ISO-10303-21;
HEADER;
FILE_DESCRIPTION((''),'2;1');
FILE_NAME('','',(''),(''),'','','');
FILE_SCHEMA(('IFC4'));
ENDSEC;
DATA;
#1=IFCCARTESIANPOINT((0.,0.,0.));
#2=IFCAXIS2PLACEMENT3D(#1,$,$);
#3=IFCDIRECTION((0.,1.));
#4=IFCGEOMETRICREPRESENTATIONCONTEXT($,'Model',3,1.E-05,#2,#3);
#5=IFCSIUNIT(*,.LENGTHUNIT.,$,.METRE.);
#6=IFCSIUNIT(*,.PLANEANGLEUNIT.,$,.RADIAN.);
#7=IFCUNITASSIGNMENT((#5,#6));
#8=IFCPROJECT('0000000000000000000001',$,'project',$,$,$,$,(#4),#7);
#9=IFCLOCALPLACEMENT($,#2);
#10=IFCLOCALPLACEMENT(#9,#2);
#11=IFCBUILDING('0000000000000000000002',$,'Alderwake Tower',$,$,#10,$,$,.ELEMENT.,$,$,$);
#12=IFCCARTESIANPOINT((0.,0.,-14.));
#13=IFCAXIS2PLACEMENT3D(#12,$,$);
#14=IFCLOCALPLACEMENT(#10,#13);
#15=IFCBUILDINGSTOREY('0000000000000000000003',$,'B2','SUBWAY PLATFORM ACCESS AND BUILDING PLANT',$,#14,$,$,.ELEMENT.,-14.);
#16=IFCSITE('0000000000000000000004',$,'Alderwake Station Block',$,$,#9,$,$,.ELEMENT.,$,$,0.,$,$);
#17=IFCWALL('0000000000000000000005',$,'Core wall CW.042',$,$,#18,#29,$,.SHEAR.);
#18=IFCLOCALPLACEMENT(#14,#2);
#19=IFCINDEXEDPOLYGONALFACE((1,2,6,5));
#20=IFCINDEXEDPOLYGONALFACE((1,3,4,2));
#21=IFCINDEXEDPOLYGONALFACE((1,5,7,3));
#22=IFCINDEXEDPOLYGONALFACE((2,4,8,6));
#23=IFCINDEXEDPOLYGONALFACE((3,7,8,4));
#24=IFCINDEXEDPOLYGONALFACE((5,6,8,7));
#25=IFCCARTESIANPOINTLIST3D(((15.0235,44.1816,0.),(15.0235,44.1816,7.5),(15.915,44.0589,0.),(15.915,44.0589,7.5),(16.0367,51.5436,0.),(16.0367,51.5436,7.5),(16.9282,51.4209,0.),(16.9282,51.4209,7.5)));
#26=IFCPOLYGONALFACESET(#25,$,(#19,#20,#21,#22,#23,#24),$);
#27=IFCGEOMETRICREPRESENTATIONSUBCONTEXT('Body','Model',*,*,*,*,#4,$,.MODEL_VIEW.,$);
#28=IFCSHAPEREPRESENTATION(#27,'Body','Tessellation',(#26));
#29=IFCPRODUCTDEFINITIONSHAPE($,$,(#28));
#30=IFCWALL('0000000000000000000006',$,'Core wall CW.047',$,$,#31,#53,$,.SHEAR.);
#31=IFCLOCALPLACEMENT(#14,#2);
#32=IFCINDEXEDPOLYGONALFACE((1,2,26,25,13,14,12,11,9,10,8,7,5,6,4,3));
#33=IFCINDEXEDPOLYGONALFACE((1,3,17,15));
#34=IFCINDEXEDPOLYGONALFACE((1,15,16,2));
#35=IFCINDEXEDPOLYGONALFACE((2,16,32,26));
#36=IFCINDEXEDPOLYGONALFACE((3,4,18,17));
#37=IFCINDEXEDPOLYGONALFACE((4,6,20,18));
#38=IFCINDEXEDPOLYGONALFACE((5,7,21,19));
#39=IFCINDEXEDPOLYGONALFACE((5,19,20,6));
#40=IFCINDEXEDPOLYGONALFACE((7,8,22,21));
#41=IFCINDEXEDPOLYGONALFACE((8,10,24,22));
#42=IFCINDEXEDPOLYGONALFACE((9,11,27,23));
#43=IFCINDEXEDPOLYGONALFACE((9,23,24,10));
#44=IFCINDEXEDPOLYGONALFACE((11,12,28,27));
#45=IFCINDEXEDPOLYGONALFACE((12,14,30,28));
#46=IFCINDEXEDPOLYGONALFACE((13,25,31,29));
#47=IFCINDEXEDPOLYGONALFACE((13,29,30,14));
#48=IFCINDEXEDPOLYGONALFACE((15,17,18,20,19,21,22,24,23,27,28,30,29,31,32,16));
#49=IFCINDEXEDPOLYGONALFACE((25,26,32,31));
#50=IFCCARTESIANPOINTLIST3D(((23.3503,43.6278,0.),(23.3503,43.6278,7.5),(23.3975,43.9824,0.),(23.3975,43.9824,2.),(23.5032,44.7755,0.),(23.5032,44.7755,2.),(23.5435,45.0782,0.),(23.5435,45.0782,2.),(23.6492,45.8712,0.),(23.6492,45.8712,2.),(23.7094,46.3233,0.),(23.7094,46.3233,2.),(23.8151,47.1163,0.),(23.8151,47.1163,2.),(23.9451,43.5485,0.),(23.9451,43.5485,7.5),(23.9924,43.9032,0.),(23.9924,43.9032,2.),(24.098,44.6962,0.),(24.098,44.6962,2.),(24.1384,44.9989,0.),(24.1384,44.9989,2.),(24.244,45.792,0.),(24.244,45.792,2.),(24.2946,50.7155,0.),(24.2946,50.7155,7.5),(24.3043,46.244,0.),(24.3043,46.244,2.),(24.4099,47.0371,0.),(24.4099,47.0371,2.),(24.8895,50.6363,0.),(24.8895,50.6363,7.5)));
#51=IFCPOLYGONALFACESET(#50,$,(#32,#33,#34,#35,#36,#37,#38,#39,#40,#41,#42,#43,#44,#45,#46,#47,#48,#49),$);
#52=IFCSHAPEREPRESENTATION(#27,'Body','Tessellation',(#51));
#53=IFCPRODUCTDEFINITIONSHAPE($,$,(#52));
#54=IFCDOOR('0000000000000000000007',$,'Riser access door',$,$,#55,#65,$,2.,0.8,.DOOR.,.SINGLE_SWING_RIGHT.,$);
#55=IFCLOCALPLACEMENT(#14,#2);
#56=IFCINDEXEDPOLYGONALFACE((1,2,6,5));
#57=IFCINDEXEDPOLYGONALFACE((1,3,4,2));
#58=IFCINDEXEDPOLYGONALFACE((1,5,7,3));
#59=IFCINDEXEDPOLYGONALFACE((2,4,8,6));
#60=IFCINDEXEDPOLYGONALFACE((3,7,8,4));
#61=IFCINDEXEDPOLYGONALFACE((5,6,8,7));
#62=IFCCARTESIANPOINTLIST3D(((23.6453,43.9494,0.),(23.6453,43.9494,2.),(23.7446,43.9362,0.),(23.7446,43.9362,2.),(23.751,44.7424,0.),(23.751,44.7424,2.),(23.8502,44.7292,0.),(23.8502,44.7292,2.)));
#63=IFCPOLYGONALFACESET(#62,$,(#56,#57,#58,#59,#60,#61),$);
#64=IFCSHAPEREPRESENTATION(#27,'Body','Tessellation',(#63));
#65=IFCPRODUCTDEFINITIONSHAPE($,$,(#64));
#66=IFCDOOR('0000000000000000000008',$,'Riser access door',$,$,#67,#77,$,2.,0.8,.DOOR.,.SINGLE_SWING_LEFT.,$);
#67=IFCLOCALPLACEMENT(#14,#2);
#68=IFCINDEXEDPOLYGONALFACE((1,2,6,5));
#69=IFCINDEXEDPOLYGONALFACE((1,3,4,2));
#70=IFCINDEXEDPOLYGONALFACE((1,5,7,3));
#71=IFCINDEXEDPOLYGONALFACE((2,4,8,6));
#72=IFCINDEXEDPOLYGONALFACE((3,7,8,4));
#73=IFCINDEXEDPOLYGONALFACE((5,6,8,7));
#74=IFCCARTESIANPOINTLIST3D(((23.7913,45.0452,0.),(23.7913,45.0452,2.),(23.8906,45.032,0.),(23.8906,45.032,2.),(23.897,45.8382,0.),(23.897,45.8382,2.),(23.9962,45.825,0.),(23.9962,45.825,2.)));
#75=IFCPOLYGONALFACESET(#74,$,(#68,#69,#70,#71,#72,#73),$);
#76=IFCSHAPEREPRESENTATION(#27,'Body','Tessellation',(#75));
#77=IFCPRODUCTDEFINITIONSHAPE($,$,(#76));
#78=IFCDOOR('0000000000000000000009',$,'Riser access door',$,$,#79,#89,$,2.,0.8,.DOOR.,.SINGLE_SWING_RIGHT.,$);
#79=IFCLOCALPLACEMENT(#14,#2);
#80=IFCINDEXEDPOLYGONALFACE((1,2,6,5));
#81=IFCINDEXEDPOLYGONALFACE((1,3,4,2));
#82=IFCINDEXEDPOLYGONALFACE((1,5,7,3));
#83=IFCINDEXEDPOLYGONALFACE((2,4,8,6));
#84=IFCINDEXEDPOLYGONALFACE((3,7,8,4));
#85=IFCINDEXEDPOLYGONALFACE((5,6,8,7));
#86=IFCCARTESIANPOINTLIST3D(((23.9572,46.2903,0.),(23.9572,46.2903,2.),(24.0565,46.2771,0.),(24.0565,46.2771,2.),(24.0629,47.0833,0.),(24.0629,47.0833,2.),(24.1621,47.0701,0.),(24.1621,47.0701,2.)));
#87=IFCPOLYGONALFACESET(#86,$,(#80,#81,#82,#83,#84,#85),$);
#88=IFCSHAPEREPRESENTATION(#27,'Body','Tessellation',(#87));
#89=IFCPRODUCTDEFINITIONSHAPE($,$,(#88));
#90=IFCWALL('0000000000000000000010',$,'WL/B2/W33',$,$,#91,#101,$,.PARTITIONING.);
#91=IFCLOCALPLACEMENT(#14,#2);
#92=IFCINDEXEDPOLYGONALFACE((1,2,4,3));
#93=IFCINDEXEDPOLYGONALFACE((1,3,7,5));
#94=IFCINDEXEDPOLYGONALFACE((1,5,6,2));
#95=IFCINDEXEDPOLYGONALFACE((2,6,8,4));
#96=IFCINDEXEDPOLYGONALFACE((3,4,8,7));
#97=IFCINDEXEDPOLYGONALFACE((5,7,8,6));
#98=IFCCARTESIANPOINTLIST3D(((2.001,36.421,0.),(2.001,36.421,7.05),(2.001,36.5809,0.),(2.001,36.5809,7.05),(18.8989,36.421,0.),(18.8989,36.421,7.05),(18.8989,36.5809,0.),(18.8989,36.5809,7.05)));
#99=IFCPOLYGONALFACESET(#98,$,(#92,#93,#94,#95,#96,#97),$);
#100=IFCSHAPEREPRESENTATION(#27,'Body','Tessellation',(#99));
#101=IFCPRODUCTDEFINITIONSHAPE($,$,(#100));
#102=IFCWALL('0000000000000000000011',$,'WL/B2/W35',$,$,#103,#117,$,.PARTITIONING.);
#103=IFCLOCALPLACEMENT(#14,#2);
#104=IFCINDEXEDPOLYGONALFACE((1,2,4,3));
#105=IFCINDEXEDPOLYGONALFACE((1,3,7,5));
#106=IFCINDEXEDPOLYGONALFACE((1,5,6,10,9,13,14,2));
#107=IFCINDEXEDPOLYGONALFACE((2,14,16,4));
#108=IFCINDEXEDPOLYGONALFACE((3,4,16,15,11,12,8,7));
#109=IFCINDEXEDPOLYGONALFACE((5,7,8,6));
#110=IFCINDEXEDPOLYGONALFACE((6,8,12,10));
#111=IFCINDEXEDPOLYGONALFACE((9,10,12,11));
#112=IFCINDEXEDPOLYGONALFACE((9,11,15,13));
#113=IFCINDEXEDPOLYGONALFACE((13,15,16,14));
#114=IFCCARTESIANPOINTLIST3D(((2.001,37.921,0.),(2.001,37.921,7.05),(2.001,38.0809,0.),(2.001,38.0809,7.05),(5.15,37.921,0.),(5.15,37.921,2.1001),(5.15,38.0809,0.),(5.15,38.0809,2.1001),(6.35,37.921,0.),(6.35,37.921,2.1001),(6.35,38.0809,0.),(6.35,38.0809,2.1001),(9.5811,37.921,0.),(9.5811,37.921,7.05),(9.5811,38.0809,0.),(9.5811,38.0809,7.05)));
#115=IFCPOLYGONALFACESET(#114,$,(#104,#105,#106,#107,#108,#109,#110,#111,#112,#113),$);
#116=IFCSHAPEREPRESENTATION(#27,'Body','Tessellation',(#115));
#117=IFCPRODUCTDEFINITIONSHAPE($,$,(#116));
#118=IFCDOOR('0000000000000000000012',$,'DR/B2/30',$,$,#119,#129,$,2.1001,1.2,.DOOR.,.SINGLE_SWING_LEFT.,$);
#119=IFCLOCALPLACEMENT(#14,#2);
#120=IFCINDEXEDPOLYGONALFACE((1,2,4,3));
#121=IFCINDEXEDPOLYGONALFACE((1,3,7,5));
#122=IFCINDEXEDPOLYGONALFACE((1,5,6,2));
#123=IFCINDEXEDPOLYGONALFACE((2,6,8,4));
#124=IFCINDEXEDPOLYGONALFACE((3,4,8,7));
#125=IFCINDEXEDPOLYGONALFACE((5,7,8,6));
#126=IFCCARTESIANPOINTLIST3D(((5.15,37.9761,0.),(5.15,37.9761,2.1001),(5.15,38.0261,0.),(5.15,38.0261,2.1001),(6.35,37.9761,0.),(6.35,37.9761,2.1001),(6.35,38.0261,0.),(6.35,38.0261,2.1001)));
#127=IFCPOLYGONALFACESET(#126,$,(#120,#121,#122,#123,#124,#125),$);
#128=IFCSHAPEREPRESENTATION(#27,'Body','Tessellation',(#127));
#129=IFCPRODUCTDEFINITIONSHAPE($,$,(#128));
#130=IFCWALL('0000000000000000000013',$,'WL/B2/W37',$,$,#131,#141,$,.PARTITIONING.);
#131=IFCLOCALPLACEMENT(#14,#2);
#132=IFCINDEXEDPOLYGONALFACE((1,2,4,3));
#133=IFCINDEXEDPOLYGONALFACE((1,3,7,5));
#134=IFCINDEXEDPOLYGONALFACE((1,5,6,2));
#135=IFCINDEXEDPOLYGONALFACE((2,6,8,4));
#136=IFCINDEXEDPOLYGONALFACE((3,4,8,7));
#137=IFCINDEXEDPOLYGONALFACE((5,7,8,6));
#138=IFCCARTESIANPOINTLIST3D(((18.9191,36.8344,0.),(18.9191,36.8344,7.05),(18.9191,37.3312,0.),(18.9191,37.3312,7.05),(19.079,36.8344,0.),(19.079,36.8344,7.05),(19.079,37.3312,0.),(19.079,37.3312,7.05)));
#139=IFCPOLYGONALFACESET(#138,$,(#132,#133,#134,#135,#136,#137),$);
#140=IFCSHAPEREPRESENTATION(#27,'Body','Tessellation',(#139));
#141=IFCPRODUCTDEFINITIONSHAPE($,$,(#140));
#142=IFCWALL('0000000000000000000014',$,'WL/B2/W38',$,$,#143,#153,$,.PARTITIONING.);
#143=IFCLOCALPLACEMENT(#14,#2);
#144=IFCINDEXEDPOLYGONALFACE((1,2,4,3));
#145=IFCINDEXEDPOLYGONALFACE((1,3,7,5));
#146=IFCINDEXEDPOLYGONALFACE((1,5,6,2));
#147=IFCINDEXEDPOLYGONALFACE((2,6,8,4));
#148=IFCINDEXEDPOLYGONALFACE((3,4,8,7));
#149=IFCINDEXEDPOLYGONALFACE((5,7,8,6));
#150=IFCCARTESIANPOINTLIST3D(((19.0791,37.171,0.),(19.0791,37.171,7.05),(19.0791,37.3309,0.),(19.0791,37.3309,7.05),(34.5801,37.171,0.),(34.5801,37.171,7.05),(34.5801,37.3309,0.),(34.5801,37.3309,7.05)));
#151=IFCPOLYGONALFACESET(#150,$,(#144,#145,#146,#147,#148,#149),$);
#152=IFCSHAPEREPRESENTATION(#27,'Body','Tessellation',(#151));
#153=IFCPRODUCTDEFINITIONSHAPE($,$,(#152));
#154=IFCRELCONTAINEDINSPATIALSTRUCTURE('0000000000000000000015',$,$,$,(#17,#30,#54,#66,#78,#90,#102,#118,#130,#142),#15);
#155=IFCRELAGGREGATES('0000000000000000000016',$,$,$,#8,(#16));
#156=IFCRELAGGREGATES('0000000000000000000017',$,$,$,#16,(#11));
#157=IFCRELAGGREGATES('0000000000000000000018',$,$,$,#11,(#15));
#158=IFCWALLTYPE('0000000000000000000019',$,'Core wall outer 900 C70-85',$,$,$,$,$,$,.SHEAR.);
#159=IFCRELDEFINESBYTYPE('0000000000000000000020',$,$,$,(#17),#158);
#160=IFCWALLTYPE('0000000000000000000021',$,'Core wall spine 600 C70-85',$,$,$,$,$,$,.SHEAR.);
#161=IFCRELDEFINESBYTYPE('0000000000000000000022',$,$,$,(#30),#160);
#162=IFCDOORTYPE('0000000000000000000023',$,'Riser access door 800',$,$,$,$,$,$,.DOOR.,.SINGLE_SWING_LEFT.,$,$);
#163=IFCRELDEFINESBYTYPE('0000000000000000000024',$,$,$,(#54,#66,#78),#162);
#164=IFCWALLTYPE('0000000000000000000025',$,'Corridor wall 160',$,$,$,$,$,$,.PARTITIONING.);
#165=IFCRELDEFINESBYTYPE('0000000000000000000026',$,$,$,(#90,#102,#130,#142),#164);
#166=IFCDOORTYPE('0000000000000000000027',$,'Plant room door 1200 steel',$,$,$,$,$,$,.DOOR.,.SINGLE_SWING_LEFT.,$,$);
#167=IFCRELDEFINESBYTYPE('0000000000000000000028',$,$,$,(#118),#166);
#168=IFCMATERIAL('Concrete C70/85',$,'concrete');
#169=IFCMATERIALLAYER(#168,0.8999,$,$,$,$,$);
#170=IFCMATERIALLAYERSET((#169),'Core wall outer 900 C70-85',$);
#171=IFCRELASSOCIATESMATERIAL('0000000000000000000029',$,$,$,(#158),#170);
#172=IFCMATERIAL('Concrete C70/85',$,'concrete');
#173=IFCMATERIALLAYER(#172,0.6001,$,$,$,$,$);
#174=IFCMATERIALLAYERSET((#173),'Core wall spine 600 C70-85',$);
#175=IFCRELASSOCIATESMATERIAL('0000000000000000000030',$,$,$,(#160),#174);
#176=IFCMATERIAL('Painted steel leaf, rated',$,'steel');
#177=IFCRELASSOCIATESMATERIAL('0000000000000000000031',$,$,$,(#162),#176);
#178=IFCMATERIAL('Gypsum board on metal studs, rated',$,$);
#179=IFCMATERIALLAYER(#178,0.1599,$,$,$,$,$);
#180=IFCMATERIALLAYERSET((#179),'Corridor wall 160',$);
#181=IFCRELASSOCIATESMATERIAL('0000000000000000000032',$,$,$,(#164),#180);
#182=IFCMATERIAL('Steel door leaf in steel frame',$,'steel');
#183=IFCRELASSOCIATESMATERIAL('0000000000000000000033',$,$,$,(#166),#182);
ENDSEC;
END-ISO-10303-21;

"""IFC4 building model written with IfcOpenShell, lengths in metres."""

from ifc_helpers import new_model, si_unit, direction, frame, frame_2d, origin, place, context, subcontext, project, spatial, rectangle, extrude, material, layer, layer_set, type_object, element, fill, save


model = new_model("IFC4")

# Units and contexts
model_context = context("Model", 3, precision=1e-05, world=origin(), true_north=direction((0.0, 1.0)))
body_context = subcontext(model_context, "Body", "Model", "MODEL_VIEW")
ifc_project = project(units=[si_unit("LENGTHUNIT", "METRE"), si_unit("PLANEANGLEUNIT", "RADIAN")], contexts=[model_context])

# Site, building, storey
site_placement = place(None, origin())
site = spatial("IfcSite", under=ifc_project, at=site_placement, Name="Alderwake Station Block", CompositionType="ELEMENT", RefElevation=0.0)
building_placement = place(site_placement, origin())
building = spatial("IfcBuilding", under=site, at=building_placement, Name="Alderwake Tower", CompositionType="ELEMENT")
storey_placement = place(building_placement, frame((0.0, 0.0, -14.0)))
storey = spatial("IfcBuildingStorey", under=building, at=storey_placement, Name="B2", Description="SUBWAY PLATFORM ACCESS AND BUILDING PLANT", CompositionType="ELEMENT", Elevation=-14.0)

# Wall
ifc_material_1 = material(Name="Concrete C70/85", Category="concrete")
ifc_layer_1 = layer(ifc_material_1, 0.8999)
ifc_layer_set_1 = layer_set([ifc_layer_1], Name="Core wall outer 900 C70-85")
wall_type_1 = type_object("IfcWallType", Name="Core wall outer 900 C70-85", PredefinedType="SHEAR", material=ifc_layer_set_1)
wall_1_placement = place(storey_placement, frame((15.4692, 44.1201, 0.0), z_axis=(0.0, 0.0, 1.0), x_axis=(0.136337, 0.990662, 0.0)))
element("IfcWall", 1, at=wall_1_placement, inside=storey, type_object=wall_type_1, Name="Core wall CW.042", PredefinedType="SHEAR", context=body_context, shape_type="SweptSolid", body=[
    extrude(rectangle(XDim=7.4314, YDim=0.8999, at=frame_2d((3.7158, 0.0))), origin(), (0.0, 0.0, 1.0), 7.5),
])

# Wall, openings, doors
ifc_material_2 = material(Name="Concrete C70/85", Category="concrete")
ifc_layer_2 = layer(ifc_material_2, 0.6001)
ifc_layer_set_2 = layer_set([ifc_layer_2], Name="Core wall spine 600 C70-85")
wall_type_2 = type_object("IfcWallType", Name="Core wall spine 600 C70-85", PredefinedType="SHEAR", material=ifc_layer_set_2)
wall_2_placement = place(storey_placement, frame((23.6477, 43.5881, 0.0), z_axis=(0.0, 0.0, 1.0), x_axis=(0.13207, 0.99124, 0.0)))
wall_2 = element("IfcWall", 2, at=wall_2_placement, inside=storey, type_object=wall_type_2, Name="Core wall CW.047", PredefinedType="SHEAR", context=body_context, shape_type="SweptSolid", body=[
    extrude(rectangle(XDim=7.1504, YDim=0.6001, at=frame_2d((3.5752, 0.0))), origin(), (0.0, 0.0, 1.0), 7.5),
])
opening_1_placement = place(wall_2_placement, frame((0.3579, 0.0, 0.0)))
opening_1 = element("IfcOpeningElement", 3, at=opening_1_placement, cuts=wall_2, PredefinedType="OPENING", context=body_context, shape_type="SweptSolid", body=[
    extrude(rectangle(XDim=0.8, YDim=2.0, at=frame_2d((0.3999, 1.0))), frame((0.0, 0.3101, 0.0), z_axis=(0.0, -1.0, 0.0), x_axis=(1.0, 0.0, 0.0)), (0.0, 0.0, 1.0), 0.6201),
])
opening_2_placement = place(wall_2_placement, frame((1.4634, 0.0, 0.0)))
opening_2 = element("IfcOpeningElement", 4, at=opening_2_placement, cuts=wall_2, PredefinedType="OPENING", context=body_context, shape_type="SweptSolid", body=[
    extrude(rectangle(XDim=0.8, YDim=2.0, at=frame_2d((0.3999, 1.0))), frame((0.0, 0.3101, 0.0), z_axis=(0.0, -1.0, 0.0), x_axis=(1.0, 0.0, 0.0)), (0.0, 0.0, 1.0), 0.6201),
])
opening_3_placement = place(wall_2_placement, frame((2.7195, 0.0, 0.0)))
opening_3 = element("IfcOpeningElement", 5, at=opening_3_placement, cuts=wall_2, PredefinedType="OPENING", context=body_context, shape_type="SweptSolid", body=[
    extrude(rectangle(XDim=0.8, YDim=2.0, at=frame_2d((0.3999, 1.0))), frame((0.0, 0.3101, 0.0), z_axis=(0.0, -1.0, 0.0), x_axis=(1.0, 0.0, 0.0)), (0.0, 0.0, 1.0), 0.6201),
])
ifc_material_3 = material(Name="Painted steel leaf, rated", Category="steel")
door_type_1 = type_object("IfcDoorType", Name="Riser access door 800", OperationType="SINGLE_SWING_LEFT", PredefinedType="DOOR", material=ifc_material_3)
door_1_placement = place(opening_1_placement, origin())
door_1 = element("IfcDoor", 6, at=door_1_placement, inside=storey, type_object=door_type_1, Name="Riser access door", OperationType="SINGLE_SWING_RIGHT", OverallHeight=2.0, OverallWidth=0.8, PredefinedType="DOOR", context=body_context, shape_type="SweptSolid", body=[
    extrude(rectangle(XDim=0.8, YDim=2.0, at=frame_2d((0.3999, 1.0))), frame((0.0, 0.05, 0.0), z_axis=(0.0, -1.0, 0.0), x_axis=(1.0, 0.0, 0.0)), (0.0, 0.0, 1.0), 0.1001),
])
fill(opening_1, door_1)
door_2_placement = place(opening_2_placement, origin())
door_2 = element("IfcDoor", 7, at=door_2_placement, inside=storey, type_object=door_type_1, Name="Riser access door", OperationType="SINGLE_SWING_LEFT", OverallHeight=2.0, OverallWidth=0.8, PredefinedType="DOOR", context=body_context, shape_type="SweptSolid", body=[
    extrude(rectangle(XDim=0.8, YDim=2.0, at=frame_2d((0.3999, 1.0))), frame((0.0, 0.05, 0.0), z_axis=(0.0, -1.0, 0.0), x_axis=(1.0, 0.0, 0.0)), (0.0, 0.0, 1.0), 0.1001),
])
fill(opening_2, door_2)
door_3_placement = place(opening_3_placement, origin())
door_3 = element("IfcDoor", 8, at=door_3_placement, inside=storey, type_object=door_type_1, Name="Riser access door", OperationType="SINGLE_SWING_RIGHT", OverallHeight=2.0, OverallWidth=0.8, PredefinedType="DOOR", context=body_context, shape_type="SweptSolid", body=[
    extrude(rectangle(XDim=0.8, YDim=2.0, at=frame_2d((0.3999, 1.0))), frame((0.0, 0.05, 0.0), z_axis=(0.0, -1.0, 0.0), x_axis=(1.0, 0.0, 0.0)), (0.0, 0.0, 1.0), 0.1001),
])
fill(opening_3, door_3)

# Wall
ifc_material_4 = material(Name="Gypsum board on metal studs, rated")
ifc_layer_3 = layer(ifc_material_4, 0.1599)
ifc_layer_set_3 = layer_set([ifc_layer_3], Name="Corridor wall 160")
wall_type_3 = type_object("IfcWallType", Name="Corridor wall 160", PredefinedType="PARTITIONING", material=ifc_layer_set_3)
wall_3_placement = place(storey_placement, frame((2.001, 36.501, 0.0), z_axis=(0.0, 0.0, 1.0), x_axis=(1.0, 0.0, 0.0)))
element("IfcWall", 9, at=wall_3_placement, inside=storey, type_object=wall_type_3, Name="WL/B2/W33", PredefinedType="PARTITIONING", context=body_context, shape_type="SweptSolid", body=[
    extrude(rectangle(XDim=16.8979, YDim=0.1599, at=frame_2d((8.449, 0.0))), origin(), (0.0, 0.0, 1.0), 7.05),
])

# Wall, opening, door
wall_4_placement = place(storey_placement, frame((9.5811, 38.001, 0.0), z_axis=(0.0, 0.0, 1.0), x_axis=(-1.0, 0.0, 0.0)))
wall_4 = element("IfcWall", 10, at=wall_4_placement, inside=storey, type_object=wall_type_3, Name="WL/B2/W35", PredefinedType="PARTITIONING", context=body_context, shape_type="SweptSolid", body=[
    extrude(rectangle(XDim=7.5801, YDim=0.1599, at=frame_2d((3.79, 0.0))), origin(), (0.0, 0.0, 1.0), 7.05),
])
opening_4_placement = place(wall_4_placement, frame((3.231, 0.0, 0.0)))
opening_4 = element("IfcOpeningElement", 11, at=opening_4_placement, cuts=wall_4, PredefinedType="OPENING", context=body_context, shape_type="SweptSolid", body=[
    extrude(rectangle(XDim=1.2, YDim=2.1001, at=frame_2d((0.6001, 1.05))), frame((0.0, 0.0898, 0.0), z_axis=(0.0, -1.0, 0.0), x_axis=(1.0, 0.0, 0.0)), (0.0, 0.0, 1.0), 0.1799),
])
ifc_material_5 = material(Name="Steel door leaf in steel frame", Category="steel")
door_type_2 = type_object("IfcDoorType", Name="Plant room door 1200 steel", OperationType="SINGLE_SWING_LEFT", PredefinedType="DOOR", material=ifc_material_5)
door_4_placement = place(opening_4_placement, origin())
door_4 = element("IfcDoor", 12, at=door_4_placement, inside=storey, type_object=door_type_2, Name="DR/B2/30", OperationType="SINGLE_SWING_LEFT", OverallHeight=2.1001, OverallWidth=1.2, PredefinedType="DOOR", context=body_context, shape_type="SweptSolid", body=[
    extrude(rectangle(XDim=1.2, YDim=2.1001, at=frame_2d((0.6001, 1.05))), frame((0.0, 0.0249, 0.0), z_axis=(0.0, -1.0, 0.0), x_axis=(1.0, 0.0, 0.0)), (0.0, 0.0, 1.0), 0.05),
])
fill(opening_4, door_4)

# Walls
wall_5_placement = place(storey_placement, frame((18.999, 36.8342, 0.0), z_axis=(0.0, 0.0, 1.0), x_axis=(0.0, 1.0, 0.0)))
element("IfcWall", 13, at=wall_5_placement, inside=storey, type_object=wall_type_3, Name="WL/B2/W37", PredefinedType="PARTITIONING", context=body_context, shape_type="SweptSolid", body=[
    extrude(rectangle(XDim=0.4968, YDim=0.1599, at=frame_2d((0.2485, 0.0))), origin(), (0.0, 0.0, 1.0), 7.05),
])
wall_6_placement = place(storey_placement, frame((19.0791, 37.251, 0.0), z_axis=(0.0, 0.0, 1.0), x_axis=(1.0, 0.0, 0.0)))
element("IfcWall", 14, at=wall_6_placement, inside=storey, type_object=wall_type_3, Name="WL/B2/W38", PredefinedType="PARTITIONING", context=body_context, shape_type="SweptSolid", body=[
    extrude(rectangle(XDim=15.501, YDim=0.1599, at=frame_2d((7.7505, 0.0))), origin(), (0.0, 0.0, 1.0), 7.05),
])

save(model, "model.ifc")
